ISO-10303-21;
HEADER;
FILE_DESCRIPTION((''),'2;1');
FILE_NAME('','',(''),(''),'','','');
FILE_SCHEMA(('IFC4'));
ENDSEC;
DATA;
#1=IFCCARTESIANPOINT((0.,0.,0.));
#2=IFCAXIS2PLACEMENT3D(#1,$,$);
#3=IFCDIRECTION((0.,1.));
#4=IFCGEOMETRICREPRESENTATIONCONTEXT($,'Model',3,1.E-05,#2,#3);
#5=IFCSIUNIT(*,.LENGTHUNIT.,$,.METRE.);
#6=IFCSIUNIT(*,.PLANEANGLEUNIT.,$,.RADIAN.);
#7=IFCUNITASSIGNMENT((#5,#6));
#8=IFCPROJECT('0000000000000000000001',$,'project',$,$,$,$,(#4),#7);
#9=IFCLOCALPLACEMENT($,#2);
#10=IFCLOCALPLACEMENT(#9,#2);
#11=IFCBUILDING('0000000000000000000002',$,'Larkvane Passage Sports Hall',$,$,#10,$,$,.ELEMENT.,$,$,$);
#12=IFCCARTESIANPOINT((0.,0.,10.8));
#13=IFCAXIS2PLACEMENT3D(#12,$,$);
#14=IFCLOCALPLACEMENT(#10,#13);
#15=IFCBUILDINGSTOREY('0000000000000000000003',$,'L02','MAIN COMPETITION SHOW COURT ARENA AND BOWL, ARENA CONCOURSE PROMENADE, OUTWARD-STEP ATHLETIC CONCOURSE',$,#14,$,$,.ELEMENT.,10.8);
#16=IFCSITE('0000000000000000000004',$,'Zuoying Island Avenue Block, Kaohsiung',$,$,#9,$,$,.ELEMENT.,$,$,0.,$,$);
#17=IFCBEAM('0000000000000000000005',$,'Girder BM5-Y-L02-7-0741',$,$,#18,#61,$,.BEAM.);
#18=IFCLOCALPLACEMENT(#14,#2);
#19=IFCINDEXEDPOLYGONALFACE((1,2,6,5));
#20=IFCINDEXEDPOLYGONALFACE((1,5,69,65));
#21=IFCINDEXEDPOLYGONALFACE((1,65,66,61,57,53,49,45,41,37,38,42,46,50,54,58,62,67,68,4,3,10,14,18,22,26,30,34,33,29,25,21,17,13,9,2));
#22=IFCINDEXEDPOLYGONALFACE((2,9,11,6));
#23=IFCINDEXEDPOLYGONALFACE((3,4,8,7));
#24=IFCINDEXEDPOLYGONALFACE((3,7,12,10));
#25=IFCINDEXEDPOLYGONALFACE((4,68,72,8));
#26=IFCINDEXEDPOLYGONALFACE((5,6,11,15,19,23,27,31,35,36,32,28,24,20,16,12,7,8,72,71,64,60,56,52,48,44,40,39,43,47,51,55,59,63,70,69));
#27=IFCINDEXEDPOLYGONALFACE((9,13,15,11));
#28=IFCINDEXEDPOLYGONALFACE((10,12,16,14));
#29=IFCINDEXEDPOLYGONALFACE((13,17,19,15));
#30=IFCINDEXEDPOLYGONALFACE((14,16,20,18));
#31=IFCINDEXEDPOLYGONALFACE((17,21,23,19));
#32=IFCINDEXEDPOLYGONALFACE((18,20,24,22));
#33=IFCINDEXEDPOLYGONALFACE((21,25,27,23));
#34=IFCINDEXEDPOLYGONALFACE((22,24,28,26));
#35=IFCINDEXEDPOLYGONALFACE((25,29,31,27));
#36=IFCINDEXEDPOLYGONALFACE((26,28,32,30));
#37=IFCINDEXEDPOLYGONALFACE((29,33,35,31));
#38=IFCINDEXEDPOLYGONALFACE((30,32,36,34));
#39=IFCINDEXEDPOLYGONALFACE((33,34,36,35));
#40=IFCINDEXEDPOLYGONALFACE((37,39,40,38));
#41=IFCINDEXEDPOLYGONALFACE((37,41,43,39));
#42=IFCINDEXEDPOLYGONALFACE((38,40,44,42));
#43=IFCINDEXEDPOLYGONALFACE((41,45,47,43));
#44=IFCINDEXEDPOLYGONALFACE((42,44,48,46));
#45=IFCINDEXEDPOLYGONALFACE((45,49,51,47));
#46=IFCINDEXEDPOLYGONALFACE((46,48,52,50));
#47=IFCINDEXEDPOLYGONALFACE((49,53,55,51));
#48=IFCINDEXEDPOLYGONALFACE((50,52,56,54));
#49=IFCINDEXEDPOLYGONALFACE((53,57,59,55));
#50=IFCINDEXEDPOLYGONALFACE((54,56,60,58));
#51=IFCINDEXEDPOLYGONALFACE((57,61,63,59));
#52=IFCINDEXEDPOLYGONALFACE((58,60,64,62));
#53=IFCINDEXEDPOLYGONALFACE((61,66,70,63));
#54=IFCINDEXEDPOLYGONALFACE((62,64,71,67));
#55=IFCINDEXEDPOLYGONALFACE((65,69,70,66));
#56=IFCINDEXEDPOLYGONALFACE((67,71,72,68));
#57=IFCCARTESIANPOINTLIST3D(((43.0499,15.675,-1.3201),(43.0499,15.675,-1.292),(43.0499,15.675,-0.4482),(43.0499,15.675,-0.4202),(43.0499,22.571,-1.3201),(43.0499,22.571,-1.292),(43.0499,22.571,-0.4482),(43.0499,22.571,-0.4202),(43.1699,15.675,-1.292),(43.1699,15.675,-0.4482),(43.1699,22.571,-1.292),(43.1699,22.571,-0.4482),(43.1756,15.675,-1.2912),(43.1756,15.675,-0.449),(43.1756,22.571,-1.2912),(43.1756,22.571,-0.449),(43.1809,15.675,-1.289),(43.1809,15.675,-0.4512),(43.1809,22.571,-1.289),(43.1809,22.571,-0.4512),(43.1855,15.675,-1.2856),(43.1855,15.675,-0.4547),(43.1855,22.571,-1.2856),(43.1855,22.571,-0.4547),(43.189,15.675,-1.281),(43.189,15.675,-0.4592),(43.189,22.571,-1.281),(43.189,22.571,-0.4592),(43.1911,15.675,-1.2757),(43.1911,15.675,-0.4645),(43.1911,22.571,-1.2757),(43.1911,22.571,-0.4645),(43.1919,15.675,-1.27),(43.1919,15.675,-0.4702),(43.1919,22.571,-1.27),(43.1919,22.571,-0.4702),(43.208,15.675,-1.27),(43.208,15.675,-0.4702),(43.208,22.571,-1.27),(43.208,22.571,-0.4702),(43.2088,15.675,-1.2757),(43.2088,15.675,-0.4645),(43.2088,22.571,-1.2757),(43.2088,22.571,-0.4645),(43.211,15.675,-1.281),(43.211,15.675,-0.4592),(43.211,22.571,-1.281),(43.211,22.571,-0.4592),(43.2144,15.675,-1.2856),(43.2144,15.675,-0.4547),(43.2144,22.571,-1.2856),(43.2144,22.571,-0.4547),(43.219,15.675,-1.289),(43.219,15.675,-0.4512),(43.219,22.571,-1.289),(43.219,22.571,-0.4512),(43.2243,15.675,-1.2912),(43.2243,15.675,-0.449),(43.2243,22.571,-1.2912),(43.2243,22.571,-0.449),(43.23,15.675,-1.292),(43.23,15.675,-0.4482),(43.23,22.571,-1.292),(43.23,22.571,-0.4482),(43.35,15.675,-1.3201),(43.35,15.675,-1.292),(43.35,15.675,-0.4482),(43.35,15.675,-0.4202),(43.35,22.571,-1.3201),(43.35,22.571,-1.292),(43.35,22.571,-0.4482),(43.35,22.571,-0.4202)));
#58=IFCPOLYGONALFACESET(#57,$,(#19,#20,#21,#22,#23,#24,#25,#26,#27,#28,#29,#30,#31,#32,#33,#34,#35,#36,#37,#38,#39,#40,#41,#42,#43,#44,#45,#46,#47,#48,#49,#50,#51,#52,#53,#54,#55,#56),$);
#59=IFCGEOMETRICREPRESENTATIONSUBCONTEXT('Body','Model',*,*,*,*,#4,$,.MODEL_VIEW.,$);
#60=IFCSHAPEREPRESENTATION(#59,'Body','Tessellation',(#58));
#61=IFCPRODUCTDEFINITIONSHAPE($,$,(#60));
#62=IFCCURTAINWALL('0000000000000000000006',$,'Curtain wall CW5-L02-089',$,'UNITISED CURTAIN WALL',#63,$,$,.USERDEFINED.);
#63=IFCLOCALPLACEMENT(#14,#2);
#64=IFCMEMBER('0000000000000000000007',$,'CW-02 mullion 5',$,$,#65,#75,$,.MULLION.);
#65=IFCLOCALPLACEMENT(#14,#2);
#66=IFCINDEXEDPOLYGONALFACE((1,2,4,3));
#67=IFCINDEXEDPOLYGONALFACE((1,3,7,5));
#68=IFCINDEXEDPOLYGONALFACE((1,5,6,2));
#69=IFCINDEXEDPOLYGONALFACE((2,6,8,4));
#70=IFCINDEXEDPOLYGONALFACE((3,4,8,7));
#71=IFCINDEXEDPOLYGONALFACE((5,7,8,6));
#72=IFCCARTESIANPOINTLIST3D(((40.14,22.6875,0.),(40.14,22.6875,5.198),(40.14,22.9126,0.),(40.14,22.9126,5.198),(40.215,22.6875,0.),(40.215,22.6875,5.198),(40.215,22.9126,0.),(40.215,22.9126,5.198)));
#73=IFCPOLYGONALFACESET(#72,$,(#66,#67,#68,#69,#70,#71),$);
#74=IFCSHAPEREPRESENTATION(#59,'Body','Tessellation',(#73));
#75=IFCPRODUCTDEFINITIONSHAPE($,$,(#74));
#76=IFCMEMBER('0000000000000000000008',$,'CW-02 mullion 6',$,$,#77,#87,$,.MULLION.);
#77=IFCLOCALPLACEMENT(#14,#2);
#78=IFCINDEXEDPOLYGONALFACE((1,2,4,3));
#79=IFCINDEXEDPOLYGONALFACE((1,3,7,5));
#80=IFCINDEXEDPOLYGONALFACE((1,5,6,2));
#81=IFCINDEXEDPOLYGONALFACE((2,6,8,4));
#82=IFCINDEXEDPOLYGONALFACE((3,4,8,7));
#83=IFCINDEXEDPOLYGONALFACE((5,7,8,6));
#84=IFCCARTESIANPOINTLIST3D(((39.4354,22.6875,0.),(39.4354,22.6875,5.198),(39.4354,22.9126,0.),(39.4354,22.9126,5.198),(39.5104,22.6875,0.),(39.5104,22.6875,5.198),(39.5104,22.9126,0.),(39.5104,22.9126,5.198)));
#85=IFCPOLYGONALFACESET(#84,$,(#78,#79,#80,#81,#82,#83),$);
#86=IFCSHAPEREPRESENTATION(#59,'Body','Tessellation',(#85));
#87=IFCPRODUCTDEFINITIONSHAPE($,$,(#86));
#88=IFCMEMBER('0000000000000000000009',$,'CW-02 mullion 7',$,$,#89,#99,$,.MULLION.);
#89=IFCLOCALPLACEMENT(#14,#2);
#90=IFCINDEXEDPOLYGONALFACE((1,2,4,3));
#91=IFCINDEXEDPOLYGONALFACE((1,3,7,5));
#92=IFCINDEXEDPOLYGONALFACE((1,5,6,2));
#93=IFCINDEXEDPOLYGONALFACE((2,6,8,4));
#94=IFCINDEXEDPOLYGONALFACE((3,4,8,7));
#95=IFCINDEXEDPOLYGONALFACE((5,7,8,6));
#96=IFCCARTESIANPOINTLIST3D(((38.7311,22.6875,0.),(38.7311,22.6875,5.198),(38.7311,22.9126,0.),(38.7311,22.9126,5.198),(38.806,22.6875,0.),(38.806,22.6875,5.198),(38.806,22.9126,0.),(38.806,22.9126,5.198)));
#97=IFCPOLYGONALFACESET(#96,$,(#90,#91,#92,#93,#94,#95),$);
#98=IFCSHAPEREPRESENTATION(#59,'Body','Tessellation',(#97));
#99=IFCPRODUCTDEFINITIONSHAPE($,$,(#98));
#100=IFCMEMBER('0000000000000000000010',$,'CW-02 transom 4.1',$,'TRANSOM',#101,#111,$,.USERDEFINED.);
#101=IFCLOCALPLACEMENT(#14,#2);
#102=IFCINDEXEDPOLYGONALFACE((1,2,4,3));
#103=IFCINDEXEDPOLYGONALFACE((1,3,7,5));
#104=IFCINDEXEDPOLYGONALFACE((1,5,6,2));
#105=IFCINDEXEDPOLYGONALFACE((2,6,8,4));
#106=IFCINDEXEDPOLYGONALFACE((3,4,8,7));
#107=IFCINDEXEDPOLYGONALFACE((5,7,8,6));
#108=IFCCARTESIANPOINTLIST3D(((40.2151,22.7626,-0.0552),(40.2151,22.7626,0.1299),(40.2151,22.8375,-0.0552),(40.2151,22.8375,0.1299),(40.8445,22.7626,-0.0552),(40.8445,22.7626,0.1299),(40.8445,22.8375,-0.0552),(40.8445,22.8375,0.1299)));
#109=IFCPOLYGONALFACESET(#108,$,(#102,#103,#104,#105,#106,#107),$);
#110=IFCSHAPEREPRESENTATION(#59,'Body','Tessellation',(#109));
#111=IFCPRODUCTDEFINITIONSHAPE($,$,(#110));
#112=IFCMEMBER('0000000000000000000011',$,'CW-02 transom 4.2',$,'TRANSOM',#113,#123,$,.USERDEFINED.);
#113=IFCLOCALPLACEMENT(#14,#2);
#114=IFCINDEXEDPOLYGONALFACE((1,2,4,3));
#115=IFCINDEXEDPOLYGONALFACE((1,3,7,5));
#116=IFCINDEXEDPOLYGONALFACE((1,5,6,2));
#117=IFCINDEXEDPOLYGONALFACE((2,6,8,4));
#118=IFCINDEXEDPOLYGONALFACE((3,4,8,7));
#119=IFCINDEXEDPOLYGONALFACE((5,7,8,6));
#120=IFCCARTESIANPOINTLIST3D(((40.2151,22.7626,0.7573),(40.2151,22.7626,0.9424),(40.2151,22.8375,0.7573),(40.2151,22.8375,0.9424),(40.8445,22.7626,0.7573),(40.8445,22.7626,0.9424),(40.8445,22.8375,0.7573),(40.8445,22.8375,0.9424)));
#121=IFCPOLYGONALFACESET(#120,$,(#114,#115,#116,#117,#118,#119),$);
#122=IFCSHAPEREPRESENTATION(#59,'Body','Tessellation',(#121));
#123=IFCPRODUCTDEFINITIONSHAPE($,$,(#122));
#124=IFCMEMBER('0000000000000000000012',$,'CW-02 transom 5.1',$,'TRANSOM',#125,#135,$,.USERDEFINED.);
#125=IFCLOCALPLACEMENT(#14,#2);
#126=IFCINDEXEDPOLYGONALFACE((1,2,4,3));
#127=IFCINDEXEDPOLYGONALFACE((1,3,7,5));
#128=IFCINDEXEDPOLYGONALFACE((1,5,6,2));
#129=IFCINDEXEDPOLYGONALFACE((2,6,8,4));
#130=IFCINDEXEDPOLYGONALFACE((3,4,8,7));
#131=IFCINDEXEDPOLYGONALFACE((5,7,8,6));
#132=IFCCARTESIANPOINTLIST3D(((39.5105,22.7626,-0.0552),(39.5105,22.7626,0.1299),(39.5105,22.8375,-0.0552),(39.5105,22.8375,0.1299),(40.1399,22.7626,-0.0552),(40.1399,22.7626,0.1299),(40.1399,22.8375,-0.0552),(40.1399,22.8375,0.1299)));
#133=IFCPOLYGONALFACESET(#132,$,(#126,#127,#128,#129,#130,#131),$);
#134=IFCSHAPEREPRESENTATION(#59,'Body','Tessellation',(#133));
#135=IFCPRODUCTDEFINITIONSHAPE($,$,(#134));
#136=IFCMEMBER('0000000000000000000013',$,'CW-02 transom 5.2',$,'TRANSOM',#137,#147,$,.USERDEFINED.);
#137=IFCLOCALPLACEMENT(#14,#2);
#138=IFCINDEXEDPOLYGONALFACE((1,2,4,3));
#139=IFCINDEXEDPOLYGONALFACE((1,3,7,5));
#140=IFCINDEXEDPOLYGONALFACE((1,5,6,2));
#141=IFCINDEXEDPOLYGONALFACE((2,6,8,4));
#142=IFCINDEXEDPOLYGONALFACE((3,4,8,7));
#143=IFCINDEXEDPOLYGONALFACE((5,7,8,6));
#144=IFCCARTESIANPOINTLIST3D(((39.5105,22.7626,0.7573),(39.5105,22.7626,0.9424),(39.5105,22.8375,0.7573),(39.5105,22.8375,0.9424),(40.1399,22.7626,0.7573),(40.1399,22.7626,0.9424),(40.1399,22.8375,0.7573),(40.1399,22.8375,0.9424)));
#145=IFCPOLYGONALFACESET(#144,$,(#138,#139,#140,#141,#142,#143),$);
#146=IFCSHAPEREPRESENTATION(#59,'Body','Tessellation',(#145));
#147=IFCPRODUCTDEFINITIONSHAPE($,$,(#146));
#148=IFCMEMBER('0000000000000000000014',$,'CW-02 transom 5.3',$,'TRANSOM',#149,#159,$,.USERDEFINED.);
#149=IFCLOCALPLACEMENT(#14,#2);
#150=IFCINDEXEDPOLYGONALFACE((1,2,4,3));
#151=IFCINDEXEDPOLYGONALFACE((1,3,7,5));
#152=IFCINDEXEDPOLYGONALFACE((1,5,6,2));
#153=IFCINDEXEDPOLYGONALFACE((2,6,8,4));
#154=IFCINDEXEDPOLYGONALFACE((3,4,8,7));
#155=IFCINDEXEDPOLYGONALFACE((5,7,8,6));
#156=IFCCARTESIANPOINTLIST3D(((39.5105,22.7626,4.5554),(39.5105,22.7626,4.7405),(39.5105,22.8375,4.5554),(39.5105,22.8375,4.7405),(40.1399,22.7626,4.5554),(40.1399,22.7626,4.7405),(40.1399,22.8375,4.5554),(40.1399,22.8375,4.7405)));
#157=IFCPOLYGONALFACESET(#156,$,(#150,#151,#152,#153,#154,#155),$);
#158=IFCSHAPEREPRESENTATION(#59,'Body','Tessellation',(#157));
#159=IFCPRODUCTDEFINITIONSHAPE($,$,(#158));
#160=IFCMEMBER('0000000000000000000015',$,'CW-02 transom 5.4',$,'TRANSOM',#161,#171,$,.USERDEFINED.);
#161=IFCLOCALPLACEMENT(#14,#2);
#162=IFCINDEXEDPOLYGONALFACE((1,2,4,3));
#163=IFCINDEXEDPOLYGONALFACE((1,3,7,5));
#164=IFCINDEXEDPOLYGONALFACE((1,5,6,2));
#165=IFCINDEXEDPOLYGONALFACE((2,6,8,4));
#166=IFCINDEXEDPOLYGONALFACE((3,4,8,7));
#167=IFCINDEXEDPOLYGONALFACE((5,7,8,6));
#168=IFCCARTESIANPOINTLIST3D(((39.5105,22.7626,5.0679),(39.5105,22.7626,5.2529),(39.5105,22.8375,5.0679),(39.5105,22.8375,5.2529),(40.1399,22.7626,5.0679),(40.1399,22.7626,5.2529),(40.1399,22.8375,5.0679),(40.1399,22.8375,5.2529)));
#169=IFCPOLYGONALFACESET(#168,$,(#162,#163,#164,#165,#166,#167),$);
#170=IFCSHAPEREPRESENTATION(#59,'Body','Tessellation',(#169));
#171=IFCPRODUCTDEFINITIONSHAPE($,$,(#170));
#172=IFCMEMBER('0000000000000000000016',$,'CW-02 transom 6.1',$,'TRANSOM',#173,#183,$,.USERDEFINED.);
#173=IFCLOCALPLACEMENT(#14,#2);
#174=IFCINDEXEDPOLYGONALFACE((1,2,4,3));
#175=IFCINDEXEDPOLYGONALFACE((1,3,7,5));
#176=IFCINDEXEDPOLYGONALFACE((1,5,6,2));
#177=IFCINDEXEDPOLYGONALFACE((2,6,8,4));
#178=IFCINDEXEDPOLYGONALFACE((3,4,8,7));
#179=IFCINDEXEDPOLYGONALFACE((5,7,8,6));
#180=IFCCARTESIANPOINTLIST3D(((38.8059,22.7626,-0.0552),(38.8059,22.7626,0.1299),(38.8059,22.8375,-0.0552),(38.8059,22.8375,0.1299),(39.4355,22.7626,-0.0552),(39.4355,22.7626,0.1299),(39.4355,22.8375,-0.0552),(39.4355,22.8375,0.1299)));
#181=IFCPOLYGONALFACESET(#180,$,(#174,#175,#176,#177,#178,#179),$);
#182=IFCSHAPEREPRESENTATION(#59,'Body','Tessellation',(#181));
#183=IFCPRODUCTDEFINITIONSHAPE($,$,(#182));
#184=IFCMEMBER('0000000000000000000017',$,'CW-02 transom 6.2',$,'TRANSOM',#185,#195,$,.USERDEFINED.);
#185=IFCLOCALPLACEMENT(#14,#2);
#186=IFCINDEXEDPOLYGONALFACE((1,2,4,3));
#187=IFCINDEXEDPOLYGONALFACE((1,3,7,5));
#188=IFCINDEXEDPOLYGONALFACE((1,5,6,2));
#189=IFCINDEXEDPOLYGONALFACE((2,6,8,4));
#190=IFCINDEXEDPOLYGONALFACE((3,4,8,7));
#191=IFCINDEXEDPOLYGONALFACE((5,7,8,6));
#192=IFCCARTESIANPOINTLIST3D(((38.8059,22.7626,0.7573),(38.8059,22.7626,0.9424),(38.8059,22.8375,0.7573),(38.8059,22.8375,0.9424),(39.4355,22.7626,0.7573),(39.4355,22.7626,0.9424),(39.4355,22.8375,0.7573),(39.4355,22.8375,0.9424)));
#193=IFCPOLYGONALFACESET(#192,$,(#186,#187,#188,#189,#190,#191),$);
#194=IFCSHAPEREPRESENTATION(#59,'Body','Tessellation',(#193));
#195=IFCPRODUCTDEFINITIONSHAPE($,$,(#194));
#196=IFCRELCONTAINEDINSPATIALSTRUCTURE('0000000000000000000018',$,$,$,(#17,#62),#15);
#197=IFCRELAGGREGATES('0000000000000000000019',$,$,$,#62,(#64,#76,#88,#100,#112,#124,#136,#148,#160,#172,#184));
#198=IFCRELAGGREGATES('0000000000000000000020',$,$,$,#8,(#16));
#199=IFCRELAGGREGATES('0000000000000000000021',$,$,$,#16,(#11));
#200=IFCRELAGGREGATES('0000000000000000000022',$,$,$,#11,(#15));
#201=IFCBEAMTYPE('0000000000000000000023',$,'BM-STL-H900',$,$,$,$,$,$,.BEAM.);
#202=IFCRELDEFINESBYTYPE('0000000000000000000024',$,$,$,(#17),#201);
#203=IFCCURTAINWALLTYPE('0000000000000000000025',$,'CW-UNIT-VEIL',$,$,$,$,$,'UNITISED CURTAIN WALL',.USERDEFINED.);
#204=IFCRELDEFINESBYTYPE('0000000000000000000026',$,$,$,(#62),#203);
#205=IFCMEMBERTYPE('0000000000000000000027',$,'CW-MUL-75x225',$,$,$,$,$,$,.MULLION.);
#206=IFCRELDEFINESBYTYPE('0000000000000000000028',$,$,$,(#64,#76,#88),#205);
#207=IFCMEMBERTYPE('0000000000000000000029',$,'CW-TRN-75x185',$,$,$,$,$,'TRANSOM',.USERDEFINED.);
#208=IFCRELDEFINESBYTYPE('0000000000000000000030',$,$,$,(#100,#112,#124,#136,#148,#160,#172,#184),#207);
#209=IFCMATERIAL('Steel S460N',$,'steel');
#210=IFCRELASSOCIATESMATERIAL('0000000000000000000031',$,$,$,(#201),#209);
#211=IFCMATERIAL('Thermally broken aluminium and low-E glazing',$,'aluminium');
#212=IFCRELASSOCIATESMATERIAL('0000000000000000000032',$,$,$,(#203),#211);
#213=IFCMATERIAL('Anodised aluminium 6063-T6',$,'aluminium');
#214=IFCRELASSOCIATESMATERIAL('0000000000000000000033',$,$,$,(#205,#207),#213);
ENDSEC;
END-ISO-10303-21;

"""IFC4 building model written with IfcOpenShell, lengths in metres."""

from ifc_helpers import new_model, si_unit, direction, frame, origin, origin_2d, place, context, subcontext, project, spatial, rectangle, i_section, extrude, material, material_profile, profile_set, type_object, element, aggregate, save


model = new_model("IFC4")

# Units and contexts
model_context = context("Model", 3, precision=1e-05, world=origin(), true_north=direction((0.0, 1.0)))
body_context = subcontext(model_context, "Body", "Model", "MODEL_VIEW")
ifc_project = project(units=[si_unit("LENGTHUNIT", "METRE"), si_unit("PLANEANGLEUNIT", "RADIAN")], contexts=[model_context])

# Site, building, storey
site_placement = place(None, origin())
site = spatial("IfcSite", under=ifc_project, at=site_placement, Name="Zuoying Island Avenue Block, Kaohsiung", CompositionType="ELEMENT", RefElevation=0.0)
building_placement = place(site_placement, origin())
building = spatial("IfcBuilding", under=site, at=building_placement, Name="Larkvane Passage Sports Hall", CompositionType="ELEMENT")
storey_placement = place(building_placement, frame((0.0, 0.0, 10.8)))
storey = spatial("IfcBuildingStorey", under=building, at=storey_placement, Name="L02", Description="MAIN COMPETITION SHOW COURT ARENA AND BOWL, ARENA CONCOURSE PROMENADE, OUTWARD-STEP ATHLETIC CONCOURSE", CompositionType="ELEMENT", Elevation=10.8)

# Beam
ifc_material_1 = material(Name="Steel S460N", Category="steel")
ifc_material_profile_1 = material_profile(ifc_material_1, i_section(OverallWidth=0.3, OverallDepth=0.8999, WebThickness=0.0161, FlangeThickness=0.0281, FilletRadius=0.022, at=origin_2d()), Name="H-900x300x16x28")
ifc_profile_set_1 = profile_set([ifc_material_profile_1], Name="Steel S460N")
beam_type_1 = type_object("IfcBeamType", Name="BM-STL-H900", PredefinedType="BEAM", material=ifc_profile_set_1)
beam_1_placement = place(storey_placement, frame((43.2, 15.675, -0.8701), z_axis=(0.0, 1.0, 0.0), x_axis=(-1.0, 0.0, 0.0)))
element("IfcBeam", 1, at=beam_1_placement, inside=storey, type_object=beam_type_1, Name="Girder BM5-Y-L02-7-0741", PredefinedType="BEAM", context=body_context, shape_type="SweptSolid", body=[
    extrude(i_section(OverallWidth=0.3, OverallDepth=0.8999, WebThickness=0.0161, FlangeThickness=0.0281, FilletRadius=0.022, at=origin_2d()), origin(), (0.0, 0.0, 1.0), 6.896),
])

# Curtain wall, members
ifc_material_2 = material(Name="Thermally broken aluminium and low-E glazing", Category="aluminium")
curtain_wall_type = type_object("IfcCurtainWallType", Name="CW-UNIT-VEIL", ElementType="UNITISED CURTAIN WALL", PredefinedType="USERDEFINED", material=ifc_material_2)
curtain_wall_placement = place(storey_placement, origin())
curtain_wall = element("IfcCurtainWall", 2, at=curtain_wall_placement, inside=storey, type_object=curtain_wall_type, Name="Curtain wall CW5-L02-089", ObjectType="UNITISED CURTAIN WALL", PredefinedType="USERDEFINED")
ifc_material_3 = material(Name="Anodised aluminium 6063-T6", Category="aluminium")
ifc_material_profile_2 = material_profile(ifc_material_3, rectangle(XDim=0.075, YDim=0.2251, at=origin_2d()), Name="ALU-MUL-75x225")
ifc_profile_set_2 = profile_set([ifc_material_profile_2], Name="Anodised aluminium 6063-T6")
member_type_1 = type_object("IfcMemberType", Name="CW-MUL-75x225", PredefinedType="MULLION", material=ifc_profile_set_2)
member_1_placement = place(storey_placement, frame((40.1775, 22.8, 0.0), z_axis=(0.0, 0.0, 1.0), x_axis=(-1.0, 0.0, 0.0)))
member_1 = element("IfcMember", 3, at=member_1_placement, type_object=member_type_1, Name="CW-02 mullion 5", PredefinedType="MULLION", context=body_context, shape_type="SweptSolid", body=[
    extrude(rectangle(XDim=0.075, YDim=0.2251, at=origin_2d()), origin(), (0.0, 0.0, 1.0), 5.198),
])
member_2_placement = place(storey_placement, frame((39.4729, 22.8, 0.0), z_axis=(0.0, 0.0, 1.0), x_axis=(-1.0, 0.0, 0.0)))
member_2 = element("IfcMember", 4, at=member_2_placement, type_object=member_type_1, Name="CW-02 mullion 6", PredefinedType="MULLION", context=body_context, shape_type="SweptSolid", body=[
    extrude(rectangle(XDim=0.075, YDim=0.2251, at=origin_2d()), origin(), (0.0, 0.0, 1.0), 5.198),
])
member_3_placement = place(storey_placement, frame((38.7686, 22.8, 0.0), z_axis=(0.0, 0.0, 1.0), x_axis=(-1.0, 0.0, 0.0)))
member_3 = element("IfcMember", 5, at=member_3_placement, type_object=member_type_1, Name="CW-02 mullion 7", PredefinedType="MULLION", context=body_context, shape_type="SweptSolid", body=[
    extrude(rectangle(XDim=0.075, YDim=0.2251, at=origin_2d()), origin(), (0.0, 0.0, 1.0), 5.198),
])
ifc_material_profile_3 = material_profile(ifc_material_3, rectangle(XDim=0.075, YDim=0.1851, at=origin_2d()), Name="ALU-TRN-75x185")
ifc_profile_set_3 = profile_set([ifc_material_profile_3], Name="Anodised aluminium 6063-T6")
member_type_2 = type_object("IfcMemberType", Name="CW-TRN-75x185", ElementType="TRANSOM", PredefinedType="USERDEFINED", material=ifc_profile_set_3)
member_4_placement = place(storey_placement, frame((40.8445, 22.8, 0.0374), z_axis=(-1.0, 0.0, 0.0), x_axis=(0.0, -1.0, 0.0)))
member_4 = element("IfcMember", 6, at=member_4_placement, type_object=member_type_2, Name="CW-02 transom 4.1", ObjectType="TRANSOM", PredefinedType="USERDEFINED", context=body_context, shape_type="SweptSolid", body=[
    extrude(rectangle(XDim=0.075, YDim=0.1851, at=origin_2d()), origin(), (0.0, 0.0, 1.0), 0.6294),
])
member_5_placement = place(storey_placement, frame((40.8445, 22.8, 0.8499), z_axis=(-1.0, 0.0, 0.0), x_axis=(0.0, -1.0, 0.0)))
member_5 = element("IfcMember", 7, at=member_5_placement, type_object=member_type_2, Name="CW-02 transom 4.2", ObjectType="TRANSOM", PredefinedType="USERDEFINED", context=body_context, shape_type="SweptSolid", body=[
    extrude(rectangle(XDim=0.075, YDim=0.1851, at=origin_2d()), origin(), (0.0, 0.0, 1.0), 0.6294),
])
member_6_placement = place(storey_placement, frame((40.1399, 22.8, 0.0374), z_axis=(-1.0, 0.0, 0.0), x_axis=(0.0, -1.0, 0.0)))
member_6 = element("IfcMember", 8, at=member_6_placement, type_object=member_type_2, Name="CW-02 transom 5.1", ObjectType="TRANSOM", PredefinedType="USERDEFINED", context=body_context, shape_type="SweptSolid", body=[
    extrude(rectangle(XDim=0.075, YDim=0.1851, at=origin_2d()), origin(), (0.0, 0.0, 1.0), 0.6294),
])
member_7_placement = place(storey_placement, frame((40.1399, 22.8, 0.8499), z_axis=(-1.0, 0.0, 0.0), x_axis=(0.0, -1.0, 0.0)))
member_7 = element("IfcMember", 9, at=member_7_placement, type_object=member_type_2, Name="CW-02 transom 5.2", ObjectType="TRANSOM", PredefinedType="USERDEFINED", context=body_context, shape_type="SweptSolid", body=[
    extrude(rectangle(XDim=0.075, YDim=0.1851, at=origin_2d()), origin(), (0.0, 0.0, 1.0), 0.6294),
])
member_8_placement = place(storey_placement, frame((40.1399, 22.8, 4.6479), z_axis=(-1.0, 0.0, 0.0), x_axis=(0.0, -1.0, 0.0)))
member_8 = element("IfcMember", 10, at=member_8_placement, type_object=member_type_2, Name="CW-02 transom 5.3", ObjectType="TRANSOM", PredefinedType="USERDEFINED", context=body_context, shape_type="SweptSolid", body=[
    extrude(rectangle(XDim=0.075, YDim=0.1851, at=origin_2d()), origin(), (0.0, 0.0, 1.0), 0.6294),
])
member_9_placement = place(storey_placement, frame((40.1399, 22.8, 5.1604), z_axis=(-1.0, 0.0, 0.0), x_axis=(0.0, -1.0, 0.0)))
member_9 = element("IfcMember", 11, at=member_9_placement, type_object=member_type_2, Name="CW-02 transom 5.4", ObjectType="TRANSOM", PredefinedType="USERDEFINED", context=body_context, shape_type="SweptSolid", body=[
    extrude(rectangle(XDim=0.075, YDim=0.1851, at=origin_2d()), origin(), (0.0, 0.0, 1.0), 0.6294),
])
member_10_placement = place(storey_placement, frame((39.4355, 22.8, 0.0374), z_axis=(-1.0, 0.0, 0.0), x_axis=(0.0, -1.0, 0.0)))
member_10 = element("IfcMember", 12, at=member_10_placement, type_object=member_type_2, Name="CW-02 transom 6.1", ObjectType="TRANSOM", PredefinedType="USERDEFINED", context=body_context, shape_type="SweptSolid", body=[
    extrude(rectangle(XDim=0.075, YDim=0.1851, at=origin_2d()), origin(), (0.0, 0.0, 1.0), 0.6296),
])
member_11_placement = place(storey_placement, frame((39.4355, 22.8, 0.8499), z_axis=(-1.0, 0.0, 0.0), x_axis=(0.0, -1.0, 0.0)))
member_11 = element("IfcMember", 13, at=member_11_placement, type_object=member_type_2, Name="CW-02 transom 6.2", ObjectType="TRANSOM", PredefinedType="USERDEFINED", context=body_context, shape_type="SweptSolid", body=[
    extrude(rectangle(XDim=0.075, YDim=0.1851, at=origin_2d()), origin(), (0.0, 0.0, 1.0), 0.6296),
])

aggregate(curtain_wall, [member_1, member_2, member_3, member_4, member_5, member_6, member_7, member_8, member_9, member_10, member_11])

save(model, "model.ifc")
